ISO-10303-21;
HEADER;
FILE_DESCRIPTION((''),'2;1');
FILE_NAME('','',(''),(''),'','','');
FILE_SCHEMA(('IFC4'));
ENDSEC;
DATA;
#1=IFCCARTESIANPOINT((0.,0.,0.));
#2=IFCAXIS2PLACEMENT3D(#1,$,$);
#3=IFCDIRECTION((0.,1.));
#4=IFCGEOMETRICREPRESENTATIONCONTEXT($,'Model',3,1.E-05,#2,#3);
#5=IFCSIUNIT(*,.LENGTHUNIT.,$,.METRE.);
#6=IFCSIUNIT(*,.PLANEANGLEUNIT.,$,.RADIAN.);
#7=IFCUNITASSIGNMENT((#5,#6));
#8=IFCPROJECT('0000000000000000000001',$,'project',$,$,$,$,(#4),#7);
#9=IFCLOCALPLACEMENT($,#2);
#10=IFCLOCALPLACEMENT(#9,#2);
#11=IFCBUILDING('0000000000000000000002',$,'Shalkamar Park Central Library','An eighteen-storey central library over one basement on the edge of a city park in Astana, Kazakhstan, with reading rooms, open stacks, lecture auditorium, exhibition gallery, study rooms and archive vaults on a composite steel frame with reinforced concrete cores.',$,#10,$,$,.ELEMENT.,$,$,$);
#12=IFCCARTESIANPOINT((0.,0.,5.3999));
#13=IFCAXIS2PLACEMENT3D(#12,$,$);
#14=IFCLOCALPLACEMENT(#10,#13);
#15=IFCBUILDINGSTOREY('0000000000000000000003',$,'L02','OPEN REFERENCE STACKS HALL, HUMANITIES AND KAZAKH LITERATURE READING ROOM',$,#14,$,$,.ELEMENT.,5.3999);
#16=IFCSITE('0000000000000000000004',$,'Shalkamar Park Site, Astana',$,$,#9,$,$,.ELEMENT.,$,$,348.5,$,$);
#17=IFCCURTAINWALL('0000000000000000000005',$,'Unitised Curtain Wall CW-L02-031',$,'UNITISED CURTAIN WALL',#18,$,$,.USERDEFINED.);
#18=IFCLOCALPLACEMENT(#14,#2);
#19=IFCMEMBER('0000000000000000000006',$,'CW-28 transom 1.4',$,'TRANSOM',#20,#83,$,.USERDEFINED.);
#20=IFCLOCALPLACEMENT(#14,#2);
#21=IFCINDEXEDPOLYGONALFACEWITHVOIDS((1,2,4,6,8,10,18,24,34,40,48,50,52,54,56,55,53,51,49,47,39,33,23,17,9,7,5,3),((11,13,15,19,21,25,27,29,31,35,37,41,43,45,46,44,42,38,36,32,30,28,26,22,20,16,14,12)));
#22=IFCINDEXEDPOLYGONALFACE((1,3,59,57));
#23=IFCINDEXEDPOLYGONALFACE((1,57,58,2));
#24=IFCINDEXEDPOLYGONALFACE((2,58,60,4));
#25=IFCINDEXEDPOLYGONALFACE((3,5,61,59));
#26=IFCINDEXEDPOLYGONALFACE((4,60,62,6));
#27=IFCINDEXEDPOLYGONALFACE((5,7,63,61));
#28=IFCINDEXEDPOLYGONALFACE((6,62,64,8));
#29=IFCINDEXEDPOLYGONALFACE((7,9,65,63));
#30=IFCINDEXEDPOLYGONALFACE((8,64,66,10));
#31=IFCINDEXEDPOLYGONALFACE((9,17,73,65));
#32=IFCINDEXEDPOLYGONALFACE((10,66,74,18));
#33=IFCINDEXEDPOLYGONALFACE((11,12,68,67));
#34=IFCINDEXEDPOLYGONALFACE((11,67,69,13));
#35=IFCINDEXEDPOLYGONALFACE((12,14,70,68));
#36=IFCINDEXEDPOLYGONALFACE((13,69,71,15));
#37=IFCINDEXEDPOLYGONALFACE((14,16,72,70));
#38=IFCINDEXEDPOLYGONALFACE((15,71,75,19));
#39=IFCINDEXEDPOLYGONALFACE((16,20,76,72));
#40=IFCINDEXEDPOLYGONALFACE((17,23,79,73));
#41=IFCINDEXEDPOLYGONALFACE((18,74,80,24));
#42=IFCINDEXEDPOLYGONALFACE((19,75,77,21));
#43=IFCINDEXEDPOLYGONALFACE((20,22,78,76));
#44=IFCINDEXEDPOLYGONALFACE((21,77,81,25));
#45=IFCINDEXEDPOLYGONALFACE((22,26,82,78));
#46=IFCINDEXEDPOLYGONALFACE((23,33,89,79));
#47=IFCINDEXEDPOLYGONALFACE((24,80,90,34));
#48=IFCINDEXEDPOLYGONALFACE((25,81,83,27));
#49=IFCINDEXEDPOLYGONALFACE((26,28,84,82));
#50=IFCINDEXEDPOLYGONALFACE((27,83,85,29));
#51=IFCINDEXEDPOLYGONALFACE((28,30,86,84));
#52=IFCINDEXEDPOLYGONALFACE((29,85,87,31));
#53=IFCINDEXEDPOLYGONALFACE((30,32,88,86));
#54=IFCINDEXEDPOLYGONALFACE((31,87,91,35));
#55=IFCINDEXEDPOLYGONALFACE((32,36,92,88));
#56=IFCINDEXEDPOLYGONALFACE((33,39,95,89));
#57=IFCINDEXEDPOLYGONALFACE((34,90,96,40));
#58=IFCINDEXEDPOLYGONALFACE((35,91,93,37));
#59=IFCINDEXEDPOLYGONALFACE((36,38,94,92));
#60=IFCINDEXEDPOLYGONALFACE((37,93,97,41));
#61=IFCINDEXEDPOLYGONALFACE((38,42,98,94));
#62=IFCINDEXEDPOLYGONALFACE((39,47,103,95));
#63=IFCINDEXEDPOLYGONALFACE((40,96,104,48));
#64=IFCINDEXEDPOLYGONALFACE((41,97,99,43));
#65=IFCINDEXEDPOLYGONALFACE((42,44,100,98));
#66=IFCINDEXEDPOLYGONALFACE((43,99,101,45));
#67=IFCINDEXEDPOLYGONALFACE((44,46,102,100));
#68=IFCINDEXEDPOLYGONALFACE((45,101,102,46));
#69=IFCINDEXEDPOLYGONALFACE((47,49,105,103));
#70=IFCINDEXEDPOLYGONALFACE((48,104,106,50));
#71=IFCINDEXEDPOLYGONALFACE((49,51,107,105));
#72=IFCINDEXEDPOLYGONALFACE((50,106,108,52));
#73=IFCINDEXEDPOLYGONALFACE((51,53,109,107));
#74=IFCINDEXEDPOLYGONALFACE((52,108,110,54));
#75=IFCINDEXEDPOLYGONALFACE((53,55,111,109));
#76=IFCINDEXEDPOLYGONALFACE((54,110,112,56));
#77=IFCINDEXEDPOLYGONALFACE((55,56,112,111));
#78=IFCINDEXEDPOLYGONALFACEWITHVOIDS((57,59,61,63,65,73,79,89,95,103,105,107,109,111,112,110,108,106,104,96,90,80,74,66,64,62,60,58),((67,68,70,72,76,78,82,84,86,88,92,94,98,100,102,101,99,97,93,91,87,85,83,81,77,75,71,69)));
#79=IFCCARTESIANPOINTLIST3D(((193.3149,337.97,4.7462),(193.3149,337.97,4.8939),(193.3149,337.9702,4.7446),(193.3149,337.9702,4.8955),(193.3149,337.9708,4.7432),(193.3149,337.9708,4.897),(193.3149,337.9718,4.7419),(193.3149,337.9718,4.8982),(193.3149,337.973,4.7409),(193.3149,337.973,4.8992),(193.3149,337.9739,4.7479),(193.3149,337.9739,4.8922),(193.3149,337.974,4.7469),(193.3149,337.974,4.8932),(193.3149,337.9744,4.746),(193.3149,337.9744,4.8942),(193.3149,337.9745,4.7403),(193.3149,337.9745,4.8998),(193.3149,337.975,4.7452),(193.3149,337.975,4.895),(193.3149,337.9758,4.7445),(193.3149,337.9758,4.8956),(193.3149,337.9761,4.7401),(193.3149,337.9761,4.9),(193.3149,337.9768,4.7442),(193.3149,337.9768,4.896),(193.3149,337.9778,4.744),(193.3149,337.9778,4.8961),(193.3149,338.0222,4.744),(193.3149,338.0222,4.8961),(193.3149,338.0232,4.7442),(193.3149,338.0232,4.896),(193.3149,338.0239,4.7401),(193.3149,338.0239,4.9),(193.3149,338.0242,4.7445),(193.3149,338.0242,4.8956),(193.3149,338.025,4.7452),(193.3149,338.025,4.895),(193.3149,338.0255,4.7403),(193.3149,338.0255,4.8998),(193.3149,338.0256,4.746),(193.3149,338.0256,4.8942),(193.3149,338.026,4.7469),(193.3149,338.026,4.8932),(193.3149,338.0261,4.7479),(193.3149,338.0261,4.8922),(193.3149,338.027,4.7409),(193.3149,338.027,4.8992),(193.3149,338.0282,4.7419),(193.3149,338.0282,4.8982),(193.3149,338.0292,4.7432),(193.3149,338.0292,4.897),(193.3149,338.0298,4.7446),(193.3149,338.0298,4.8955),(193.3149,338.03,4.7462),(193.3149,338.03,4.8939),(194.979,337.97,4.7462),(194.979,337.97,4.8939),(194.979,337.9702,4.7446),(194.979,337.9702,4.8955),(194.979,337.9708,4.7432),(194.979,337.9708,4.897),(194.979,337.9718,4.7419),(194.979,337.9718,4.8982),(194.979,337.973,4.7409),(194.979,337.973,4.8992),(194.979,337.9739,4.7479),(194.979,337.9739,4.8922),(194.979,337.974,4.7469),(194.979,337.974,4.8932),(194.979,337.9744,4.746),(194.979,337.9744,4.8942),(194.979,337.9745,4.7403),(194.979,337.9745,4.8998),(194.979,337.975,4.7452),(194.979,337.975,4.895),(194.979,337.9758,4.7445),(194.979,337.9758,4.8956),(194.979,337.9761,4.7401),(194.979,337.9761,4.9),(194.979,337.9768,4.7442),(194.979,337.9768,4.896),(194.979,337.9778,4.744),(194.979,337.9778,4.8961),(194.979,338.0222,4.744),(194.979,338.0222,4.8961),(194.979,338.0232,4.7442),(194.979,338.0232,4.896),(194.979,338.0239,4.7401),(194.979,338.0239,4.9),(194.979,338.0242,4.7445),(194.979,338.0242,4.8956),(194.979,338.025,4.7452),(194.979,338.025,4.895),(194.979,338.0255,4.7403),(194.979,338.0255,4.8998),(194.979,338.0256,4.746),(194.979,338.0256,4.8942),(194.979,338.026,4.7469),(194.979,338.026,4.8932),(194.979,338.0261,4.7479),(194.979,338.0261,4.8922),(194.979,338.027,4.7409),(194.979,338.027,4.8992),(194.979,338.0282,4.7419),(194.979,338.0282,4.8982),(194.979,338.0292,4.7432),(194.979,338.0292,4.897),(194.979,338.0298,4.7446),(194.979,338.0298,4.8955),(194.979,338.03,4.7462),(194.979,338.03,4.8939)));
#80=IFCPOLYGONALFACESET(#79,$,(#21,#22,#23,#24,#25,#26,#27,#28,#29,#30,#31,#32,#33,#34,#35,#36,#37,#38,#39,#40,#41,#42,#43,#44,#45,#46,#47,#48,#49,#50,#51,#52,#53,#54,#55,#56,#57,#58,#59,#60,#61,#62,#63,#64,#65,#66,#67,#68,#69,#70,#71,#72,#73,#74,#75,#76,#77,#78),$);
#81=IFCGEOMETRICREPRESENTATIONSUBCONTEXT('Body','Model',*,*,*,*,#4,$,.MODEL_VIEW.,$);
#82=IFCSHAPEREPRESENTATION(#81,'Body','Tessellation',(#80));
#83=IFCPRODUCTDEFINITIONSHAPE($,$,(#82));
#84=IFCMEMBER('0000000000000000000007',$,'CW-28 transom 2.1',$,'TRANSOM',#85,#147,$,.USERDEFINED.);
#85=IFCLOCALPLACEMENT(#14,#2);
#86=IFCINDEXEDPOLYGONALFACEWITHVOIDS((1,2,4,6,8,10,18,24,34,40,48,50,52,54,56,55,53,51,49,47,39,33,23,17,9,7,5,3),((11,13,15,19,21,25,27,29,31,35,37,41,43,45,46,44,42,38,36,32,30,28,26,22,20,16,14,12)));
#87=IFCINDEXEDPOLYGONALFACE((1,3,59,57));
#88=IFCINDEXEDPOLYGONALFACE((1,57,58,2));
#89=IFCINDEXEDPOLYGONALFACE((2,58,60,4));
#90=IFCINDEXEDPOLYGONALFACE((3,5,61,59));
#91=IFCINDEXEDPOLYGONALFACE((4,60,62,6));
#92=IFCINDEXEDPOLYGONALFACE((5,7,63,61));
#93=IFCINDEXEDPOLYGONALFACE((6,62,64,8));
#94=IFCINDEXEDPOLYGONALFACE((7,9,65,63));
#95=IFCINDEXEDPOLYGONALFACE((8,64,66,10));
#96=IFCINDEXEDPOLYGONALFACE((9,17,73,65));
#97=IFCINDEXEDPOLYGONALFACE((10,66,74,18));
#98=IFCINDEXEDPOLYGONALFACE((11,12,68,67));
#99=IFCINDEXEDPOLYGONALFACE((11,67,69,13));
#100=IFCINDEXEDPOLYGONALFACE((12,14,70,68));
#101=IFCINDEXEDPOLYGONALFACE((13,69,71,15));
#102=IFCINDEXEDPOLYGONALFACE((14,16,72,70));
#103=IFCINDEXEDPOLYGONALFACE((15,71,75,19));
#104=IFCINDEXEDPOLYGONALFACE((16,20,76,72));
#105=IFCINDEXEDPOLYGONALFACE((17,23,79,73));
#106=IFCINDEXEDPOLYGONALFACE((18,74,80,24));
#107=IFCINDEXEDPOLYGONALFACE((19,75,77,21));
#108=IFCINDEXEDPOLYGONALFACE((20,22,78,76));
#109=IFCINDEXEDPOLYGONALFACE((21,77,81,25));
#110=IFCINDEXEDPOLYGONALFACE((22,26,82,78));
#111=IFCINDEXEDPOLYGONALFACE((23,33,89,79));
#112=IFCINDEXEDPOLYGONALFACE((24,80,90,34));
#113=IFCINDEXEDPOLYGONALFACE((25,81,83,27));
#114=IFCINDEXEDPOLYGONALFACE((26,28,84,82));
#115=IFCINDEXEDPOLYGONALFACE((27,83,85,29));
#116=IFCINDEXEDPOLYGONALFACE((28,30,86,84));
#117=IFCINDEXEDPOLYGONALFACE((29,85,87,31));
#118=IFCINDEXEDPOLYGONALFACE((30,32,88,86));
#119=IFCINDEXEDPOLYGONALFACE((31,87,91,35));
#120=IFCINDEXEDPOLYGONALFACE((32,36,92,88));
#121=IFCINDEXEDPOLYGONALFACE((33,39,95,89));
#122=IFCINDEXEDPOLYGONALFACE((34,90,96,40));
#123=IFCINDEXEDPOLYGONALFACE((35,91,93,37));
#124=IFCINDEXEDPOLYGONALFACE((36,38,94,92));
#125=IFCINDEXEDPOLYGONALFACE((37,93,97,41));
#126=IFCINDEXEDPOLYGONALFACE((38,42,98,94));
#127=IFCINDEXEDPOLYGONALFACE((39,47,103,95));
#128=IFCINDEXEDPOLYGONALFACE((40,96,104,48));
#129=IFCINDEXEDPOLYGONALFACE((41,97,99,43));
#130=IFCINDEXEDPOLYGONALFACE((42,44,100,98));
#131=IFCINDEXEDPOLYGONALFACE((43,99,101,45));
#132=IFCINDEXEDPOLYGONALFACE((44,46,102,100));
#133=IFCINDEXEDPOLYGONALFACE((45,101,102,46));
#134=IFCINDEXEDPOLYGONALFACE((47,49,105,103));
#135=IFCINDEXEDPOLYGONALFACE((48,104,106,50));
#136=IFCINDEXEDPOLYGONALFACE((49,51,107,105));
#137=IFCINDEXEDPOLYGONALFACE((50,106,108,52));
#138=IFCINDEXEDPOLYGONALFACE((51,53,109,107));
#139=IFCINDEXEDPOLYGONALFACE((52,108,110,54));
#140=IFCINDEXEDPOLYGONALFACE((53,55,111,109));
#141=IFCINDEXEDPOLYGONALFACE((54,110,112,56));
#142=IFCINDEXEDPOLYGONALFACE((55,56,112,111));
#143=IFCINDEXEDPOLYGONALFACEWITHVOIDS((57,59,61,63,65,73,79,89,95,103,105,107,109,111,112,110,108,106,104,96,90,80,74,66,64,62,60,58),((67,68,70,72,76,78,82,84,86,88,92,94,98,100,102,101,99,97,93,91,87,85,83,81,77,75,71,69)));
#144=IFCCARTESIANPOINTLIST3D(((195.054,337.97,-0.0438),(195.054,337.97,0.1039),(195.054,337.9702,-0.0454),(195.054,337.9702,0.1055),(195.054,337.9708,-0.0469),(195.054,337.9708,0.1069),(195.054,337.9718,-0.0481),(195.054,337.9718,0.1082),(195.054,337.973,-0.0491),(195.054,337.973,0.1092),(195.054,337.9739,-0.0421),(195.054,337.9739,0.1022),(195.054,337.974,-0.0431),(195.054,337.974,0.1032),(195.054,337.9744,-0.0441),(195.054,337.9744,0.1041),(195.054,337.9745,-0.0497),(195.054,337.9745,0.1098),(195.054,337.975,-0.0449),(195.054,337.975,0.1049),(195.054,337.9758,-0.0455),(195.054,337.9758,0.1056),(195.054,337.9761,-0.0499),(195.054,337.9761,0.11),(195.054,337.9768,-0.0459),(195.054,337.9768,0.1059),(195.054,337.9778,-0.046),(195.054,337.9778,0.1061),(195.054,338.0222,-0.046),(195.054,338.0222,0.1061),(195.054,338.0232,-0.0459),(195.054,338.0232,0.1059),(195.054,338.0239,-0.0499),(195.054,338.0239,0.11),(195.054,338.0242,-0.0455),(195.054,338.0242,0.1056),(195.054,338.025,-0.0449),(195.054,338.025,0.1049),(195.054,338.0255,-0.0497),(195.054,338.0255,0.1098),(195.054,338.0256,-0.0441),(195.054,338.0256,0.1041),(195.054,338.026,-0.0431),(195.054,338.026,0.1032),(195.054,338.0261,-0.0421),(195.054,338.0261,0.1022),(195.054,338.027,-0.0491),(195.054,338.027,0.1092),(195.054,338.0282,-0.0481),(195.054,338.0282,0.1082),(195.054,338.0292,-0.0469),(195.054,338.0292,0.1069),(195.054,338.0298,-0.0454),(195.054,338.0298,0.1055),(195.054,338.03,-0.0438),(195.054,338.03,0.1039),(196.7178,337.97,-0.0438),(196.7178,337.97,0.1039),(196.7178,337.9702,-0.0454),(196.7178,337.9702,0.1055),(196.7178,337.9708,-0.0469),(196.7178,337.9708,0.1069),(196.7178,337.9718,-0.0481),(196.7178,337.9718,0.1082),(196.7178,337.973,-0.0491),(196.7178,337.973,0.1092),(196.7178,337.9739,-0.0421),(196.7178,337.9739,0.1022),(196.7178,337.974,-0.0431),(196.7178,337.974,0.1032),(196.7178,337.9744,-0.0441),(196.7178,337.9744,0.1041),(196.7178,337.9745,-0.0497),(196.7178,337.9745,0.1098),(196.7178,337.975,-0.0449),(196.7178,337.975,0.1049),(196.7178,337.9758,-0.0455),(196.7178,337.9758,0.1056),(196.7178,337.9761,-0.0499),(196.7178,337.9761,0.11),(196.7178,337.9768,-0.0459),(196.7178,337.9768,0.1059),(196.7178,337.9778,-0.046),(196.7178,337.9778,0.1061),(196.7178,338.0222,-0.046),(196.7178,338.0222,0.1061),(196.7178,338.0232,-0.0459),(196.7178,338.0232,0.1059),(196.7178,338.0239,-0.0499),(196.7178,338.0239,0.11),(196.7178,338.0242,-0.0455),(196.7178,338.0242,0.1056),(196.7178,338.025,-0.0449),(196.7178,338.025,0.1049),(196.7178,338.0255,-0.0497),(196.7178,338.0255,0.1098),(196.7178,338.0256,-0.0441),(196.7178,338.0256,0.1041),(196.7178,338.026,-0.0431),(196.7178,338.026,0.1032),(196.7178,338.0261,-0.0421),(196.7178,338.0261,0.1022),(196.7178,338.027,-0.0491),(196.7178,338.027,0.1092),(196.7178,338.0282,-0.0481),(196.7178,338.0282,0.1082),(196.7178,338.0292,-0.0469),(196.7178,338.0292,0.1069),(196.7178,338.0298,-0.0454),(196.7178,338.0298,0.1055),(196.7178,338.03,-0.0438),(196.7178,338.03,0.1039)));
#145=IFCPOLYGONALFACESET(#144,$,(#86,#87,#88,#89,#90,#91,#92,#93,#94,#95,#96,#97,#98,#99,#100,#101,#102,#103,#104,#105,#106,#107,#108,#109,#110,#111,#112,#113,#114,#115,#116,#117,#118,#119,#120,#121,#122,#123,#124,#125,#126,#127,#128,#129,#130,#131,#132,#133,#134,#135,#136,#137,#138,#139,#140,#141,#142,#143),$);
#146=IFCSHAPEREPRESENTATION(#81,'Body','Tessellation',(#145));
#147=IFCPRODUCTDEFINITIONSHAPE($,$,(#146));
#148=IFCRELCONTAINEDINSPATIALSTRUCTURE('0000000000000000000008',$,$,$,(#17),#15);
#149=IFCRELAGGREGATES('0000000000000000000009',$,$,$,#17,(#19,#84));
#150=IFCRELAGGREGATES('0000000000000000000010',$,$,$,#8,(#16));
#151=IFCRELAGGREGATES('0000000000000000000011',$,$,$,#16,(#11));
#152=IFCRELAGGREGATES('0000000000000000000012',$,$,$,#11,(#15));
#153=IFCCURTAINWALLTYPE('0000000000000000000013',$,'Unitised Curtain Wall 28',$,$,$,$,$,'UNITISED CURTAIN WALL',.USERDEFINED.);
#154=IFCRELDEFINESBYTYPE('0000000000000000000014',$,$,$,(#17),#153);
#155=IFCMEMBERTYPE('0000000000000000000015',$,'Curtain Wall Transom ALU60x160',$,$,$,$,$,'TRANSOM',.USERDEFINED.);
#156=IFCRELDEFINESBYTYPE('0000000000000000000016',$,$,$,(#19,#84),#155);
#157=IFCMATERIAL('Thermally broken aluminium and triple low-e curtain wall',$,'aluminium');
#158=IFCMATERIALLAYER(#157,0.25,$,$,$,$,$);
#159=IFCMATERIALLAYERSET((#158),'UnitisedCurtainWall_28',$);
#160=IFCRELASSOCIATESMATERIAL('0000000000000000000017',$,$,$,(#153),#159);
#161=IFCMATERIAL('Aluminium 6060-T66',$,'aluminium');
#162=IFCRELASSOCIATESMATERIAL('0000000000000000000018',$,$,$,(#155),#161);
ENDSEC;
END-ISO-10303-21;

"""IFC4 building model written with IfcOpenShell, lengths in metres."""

from ifc_helpers import new_model, si_unit, direction, frame, origin, origin_2d, place, context, subcontext, project, spatial, hollow_rectangle, extrude, material, layer, layer_set, material_profile, profile_set, type_object, element, aggregate, save


model = new_model("IFC4")

# Units and contexts
model_context = context("Model", 3, precision=1e-05, world=origin(), true_north=direction((0.0, 1.0)))
body_context = subcontext(model_context, "Body", "Model", "MODEL_VIEW")
ifc_project = project(units=[si_unit("LENGTHUNIT", "METRE"), si_unit("PLANEANGLEUNIT", "RADIAN")], contexts=[model_context])

# Site, building, storey
site_placement = place(None, origin())
site = spatial("IfcSite", under=ifc_project, at=site_placement, Name="Shalkamar Park Site, Astana", CompositionType="ELEMENT", RefElevation=348.5)
building_placement = place(site_placement, origin())
building = spatial("IfcBuilding", under=site, at=building_placement, Name="Shalkamar Park Central Library", Description="An eighteen-storey central library over one basement on the edge of a city park in Astana, Kazakhstan, with reading rooms, open stacks, lecture auditorium, exhibition gallery, study rooms and archive vaults on a composite steel frame with reinforced concrete cores.", CompositionType="ELEMENT")
storey_placement = place(building_placement, frame((0.0, 0.0, 5.3999)))
storey = spatial("IfcBuildingStorey", under=building, at=storey_placement, Name="L02", Description="OPEN REFERENCE STACKS HALL, HUMANITIES AND KAZAKH LITERATURE READING ROOM", CompositionType="ELEMENT", Elevation=5.3999)

# Curtain wall
ifc_material_1 = material(Name="Thermally broken aluminium and triple low-e curtain wall", Category="aluminium")
ifc_layer_1 = layer(ifc_material_1, 0.25)
ifc_layer_set_1 = layer_set([ifc_layer_1], Name="UnitisedCurtainWall_28")
curtain_wall_type_1 = type_object("IfcCurtainWallType", Name="Unitised Curtain Wall 28", ElementType="UNITISED CURTAIN WALL", PredefinedType="USERDEFINED", material=ifc_layer_set_1)
curtain_wall_1_placement = place(storey_placement, origin())
curtain_wall_1 = element("IfcCurtainWall", 1, at=curtain_wall_1_placement, inside=storey, type_object=curtain_wall_type_1, Name="Unitised Curtain Wall CW-L02-031", ObjectType="UNITISED CURTAIN WALL", PredefinedType="USERDEFINED")
ifc_material_2 = material(Name="Aluminium 6060-T66", Category="aluminium")

# Members
ifc_material_profile_1 = material_profile(ifc_material_2, hollow_rectangle(XDim=0.0601, YDim=0.1599, WallThickness=0.0039, InnerFilletRadius=0.0039, OuterFilletRadius=0.0061, at=origin_2d()), Name="ALU 60x160x4")
ifc_profile_set_1 = profile_set([ifc_material_profile_1], Name="Aluminium 6060-T66")
member_type_1 = type_object("IfcMemberType", Name="Curtain Wall Transom ALU60x160", ElementType="TRANSOM", PredefinedType="USERDEFINED", material=ifc_profile_set_1)
member_1_placement = place(storey_placement, frame((193.3149, 338.0, 4.8201), z_axis=(1.0, 0.0, 0.0), x_axis=(0.0, 1.0, 0.0)))
member_1 = element("IfcMember", 2, at=member_1_placement, type_object=member_type_1, Name="CW-28 transom 1.4", ObjectType="TRANSOM", PredefinedType="USERDEFINED", context=body_context, shape_type="SweptSolid", body=[
    extrude(hollow_rectangle(XDim=0.0601, YDim=0.1599, WallThickness=0.0039, InnerFilletRadius=0.0039, OuterFilletRadius=0.0061, at=origin_2d()), origin(), (0.0, 0.0, 1.0), 1.6641),
])
member_2_placement = place(storey_placement, frame((195.054, 338.0, 0.03), z_axis=(1.0, 0.0, 0.0), x_axis=(0.0, 1.0, 0.0)))
member_2 = element("IfcMember", 3, at=member_2_placement, type_object=member_type_1, Name="CW-28 transom 2.1", ObjectType="TRANSOM", PredefinedType="USERDEFINED", context=body_context, shape_type="SweptSolid", body=[
    extrude(hollow_rectangle(XDim=0.0601, YDim=0.1599, WallThickness=0.0039, InnerFilletRadius=0.0039, OuterFilletRadius=0.0061, at=origin_2d()), origin(), (0.0, 0.0, 1.0), 1.6638),
])

aggregate(curtain_wall_1, [member_1, member_2])

save(model, "model.ifc")
